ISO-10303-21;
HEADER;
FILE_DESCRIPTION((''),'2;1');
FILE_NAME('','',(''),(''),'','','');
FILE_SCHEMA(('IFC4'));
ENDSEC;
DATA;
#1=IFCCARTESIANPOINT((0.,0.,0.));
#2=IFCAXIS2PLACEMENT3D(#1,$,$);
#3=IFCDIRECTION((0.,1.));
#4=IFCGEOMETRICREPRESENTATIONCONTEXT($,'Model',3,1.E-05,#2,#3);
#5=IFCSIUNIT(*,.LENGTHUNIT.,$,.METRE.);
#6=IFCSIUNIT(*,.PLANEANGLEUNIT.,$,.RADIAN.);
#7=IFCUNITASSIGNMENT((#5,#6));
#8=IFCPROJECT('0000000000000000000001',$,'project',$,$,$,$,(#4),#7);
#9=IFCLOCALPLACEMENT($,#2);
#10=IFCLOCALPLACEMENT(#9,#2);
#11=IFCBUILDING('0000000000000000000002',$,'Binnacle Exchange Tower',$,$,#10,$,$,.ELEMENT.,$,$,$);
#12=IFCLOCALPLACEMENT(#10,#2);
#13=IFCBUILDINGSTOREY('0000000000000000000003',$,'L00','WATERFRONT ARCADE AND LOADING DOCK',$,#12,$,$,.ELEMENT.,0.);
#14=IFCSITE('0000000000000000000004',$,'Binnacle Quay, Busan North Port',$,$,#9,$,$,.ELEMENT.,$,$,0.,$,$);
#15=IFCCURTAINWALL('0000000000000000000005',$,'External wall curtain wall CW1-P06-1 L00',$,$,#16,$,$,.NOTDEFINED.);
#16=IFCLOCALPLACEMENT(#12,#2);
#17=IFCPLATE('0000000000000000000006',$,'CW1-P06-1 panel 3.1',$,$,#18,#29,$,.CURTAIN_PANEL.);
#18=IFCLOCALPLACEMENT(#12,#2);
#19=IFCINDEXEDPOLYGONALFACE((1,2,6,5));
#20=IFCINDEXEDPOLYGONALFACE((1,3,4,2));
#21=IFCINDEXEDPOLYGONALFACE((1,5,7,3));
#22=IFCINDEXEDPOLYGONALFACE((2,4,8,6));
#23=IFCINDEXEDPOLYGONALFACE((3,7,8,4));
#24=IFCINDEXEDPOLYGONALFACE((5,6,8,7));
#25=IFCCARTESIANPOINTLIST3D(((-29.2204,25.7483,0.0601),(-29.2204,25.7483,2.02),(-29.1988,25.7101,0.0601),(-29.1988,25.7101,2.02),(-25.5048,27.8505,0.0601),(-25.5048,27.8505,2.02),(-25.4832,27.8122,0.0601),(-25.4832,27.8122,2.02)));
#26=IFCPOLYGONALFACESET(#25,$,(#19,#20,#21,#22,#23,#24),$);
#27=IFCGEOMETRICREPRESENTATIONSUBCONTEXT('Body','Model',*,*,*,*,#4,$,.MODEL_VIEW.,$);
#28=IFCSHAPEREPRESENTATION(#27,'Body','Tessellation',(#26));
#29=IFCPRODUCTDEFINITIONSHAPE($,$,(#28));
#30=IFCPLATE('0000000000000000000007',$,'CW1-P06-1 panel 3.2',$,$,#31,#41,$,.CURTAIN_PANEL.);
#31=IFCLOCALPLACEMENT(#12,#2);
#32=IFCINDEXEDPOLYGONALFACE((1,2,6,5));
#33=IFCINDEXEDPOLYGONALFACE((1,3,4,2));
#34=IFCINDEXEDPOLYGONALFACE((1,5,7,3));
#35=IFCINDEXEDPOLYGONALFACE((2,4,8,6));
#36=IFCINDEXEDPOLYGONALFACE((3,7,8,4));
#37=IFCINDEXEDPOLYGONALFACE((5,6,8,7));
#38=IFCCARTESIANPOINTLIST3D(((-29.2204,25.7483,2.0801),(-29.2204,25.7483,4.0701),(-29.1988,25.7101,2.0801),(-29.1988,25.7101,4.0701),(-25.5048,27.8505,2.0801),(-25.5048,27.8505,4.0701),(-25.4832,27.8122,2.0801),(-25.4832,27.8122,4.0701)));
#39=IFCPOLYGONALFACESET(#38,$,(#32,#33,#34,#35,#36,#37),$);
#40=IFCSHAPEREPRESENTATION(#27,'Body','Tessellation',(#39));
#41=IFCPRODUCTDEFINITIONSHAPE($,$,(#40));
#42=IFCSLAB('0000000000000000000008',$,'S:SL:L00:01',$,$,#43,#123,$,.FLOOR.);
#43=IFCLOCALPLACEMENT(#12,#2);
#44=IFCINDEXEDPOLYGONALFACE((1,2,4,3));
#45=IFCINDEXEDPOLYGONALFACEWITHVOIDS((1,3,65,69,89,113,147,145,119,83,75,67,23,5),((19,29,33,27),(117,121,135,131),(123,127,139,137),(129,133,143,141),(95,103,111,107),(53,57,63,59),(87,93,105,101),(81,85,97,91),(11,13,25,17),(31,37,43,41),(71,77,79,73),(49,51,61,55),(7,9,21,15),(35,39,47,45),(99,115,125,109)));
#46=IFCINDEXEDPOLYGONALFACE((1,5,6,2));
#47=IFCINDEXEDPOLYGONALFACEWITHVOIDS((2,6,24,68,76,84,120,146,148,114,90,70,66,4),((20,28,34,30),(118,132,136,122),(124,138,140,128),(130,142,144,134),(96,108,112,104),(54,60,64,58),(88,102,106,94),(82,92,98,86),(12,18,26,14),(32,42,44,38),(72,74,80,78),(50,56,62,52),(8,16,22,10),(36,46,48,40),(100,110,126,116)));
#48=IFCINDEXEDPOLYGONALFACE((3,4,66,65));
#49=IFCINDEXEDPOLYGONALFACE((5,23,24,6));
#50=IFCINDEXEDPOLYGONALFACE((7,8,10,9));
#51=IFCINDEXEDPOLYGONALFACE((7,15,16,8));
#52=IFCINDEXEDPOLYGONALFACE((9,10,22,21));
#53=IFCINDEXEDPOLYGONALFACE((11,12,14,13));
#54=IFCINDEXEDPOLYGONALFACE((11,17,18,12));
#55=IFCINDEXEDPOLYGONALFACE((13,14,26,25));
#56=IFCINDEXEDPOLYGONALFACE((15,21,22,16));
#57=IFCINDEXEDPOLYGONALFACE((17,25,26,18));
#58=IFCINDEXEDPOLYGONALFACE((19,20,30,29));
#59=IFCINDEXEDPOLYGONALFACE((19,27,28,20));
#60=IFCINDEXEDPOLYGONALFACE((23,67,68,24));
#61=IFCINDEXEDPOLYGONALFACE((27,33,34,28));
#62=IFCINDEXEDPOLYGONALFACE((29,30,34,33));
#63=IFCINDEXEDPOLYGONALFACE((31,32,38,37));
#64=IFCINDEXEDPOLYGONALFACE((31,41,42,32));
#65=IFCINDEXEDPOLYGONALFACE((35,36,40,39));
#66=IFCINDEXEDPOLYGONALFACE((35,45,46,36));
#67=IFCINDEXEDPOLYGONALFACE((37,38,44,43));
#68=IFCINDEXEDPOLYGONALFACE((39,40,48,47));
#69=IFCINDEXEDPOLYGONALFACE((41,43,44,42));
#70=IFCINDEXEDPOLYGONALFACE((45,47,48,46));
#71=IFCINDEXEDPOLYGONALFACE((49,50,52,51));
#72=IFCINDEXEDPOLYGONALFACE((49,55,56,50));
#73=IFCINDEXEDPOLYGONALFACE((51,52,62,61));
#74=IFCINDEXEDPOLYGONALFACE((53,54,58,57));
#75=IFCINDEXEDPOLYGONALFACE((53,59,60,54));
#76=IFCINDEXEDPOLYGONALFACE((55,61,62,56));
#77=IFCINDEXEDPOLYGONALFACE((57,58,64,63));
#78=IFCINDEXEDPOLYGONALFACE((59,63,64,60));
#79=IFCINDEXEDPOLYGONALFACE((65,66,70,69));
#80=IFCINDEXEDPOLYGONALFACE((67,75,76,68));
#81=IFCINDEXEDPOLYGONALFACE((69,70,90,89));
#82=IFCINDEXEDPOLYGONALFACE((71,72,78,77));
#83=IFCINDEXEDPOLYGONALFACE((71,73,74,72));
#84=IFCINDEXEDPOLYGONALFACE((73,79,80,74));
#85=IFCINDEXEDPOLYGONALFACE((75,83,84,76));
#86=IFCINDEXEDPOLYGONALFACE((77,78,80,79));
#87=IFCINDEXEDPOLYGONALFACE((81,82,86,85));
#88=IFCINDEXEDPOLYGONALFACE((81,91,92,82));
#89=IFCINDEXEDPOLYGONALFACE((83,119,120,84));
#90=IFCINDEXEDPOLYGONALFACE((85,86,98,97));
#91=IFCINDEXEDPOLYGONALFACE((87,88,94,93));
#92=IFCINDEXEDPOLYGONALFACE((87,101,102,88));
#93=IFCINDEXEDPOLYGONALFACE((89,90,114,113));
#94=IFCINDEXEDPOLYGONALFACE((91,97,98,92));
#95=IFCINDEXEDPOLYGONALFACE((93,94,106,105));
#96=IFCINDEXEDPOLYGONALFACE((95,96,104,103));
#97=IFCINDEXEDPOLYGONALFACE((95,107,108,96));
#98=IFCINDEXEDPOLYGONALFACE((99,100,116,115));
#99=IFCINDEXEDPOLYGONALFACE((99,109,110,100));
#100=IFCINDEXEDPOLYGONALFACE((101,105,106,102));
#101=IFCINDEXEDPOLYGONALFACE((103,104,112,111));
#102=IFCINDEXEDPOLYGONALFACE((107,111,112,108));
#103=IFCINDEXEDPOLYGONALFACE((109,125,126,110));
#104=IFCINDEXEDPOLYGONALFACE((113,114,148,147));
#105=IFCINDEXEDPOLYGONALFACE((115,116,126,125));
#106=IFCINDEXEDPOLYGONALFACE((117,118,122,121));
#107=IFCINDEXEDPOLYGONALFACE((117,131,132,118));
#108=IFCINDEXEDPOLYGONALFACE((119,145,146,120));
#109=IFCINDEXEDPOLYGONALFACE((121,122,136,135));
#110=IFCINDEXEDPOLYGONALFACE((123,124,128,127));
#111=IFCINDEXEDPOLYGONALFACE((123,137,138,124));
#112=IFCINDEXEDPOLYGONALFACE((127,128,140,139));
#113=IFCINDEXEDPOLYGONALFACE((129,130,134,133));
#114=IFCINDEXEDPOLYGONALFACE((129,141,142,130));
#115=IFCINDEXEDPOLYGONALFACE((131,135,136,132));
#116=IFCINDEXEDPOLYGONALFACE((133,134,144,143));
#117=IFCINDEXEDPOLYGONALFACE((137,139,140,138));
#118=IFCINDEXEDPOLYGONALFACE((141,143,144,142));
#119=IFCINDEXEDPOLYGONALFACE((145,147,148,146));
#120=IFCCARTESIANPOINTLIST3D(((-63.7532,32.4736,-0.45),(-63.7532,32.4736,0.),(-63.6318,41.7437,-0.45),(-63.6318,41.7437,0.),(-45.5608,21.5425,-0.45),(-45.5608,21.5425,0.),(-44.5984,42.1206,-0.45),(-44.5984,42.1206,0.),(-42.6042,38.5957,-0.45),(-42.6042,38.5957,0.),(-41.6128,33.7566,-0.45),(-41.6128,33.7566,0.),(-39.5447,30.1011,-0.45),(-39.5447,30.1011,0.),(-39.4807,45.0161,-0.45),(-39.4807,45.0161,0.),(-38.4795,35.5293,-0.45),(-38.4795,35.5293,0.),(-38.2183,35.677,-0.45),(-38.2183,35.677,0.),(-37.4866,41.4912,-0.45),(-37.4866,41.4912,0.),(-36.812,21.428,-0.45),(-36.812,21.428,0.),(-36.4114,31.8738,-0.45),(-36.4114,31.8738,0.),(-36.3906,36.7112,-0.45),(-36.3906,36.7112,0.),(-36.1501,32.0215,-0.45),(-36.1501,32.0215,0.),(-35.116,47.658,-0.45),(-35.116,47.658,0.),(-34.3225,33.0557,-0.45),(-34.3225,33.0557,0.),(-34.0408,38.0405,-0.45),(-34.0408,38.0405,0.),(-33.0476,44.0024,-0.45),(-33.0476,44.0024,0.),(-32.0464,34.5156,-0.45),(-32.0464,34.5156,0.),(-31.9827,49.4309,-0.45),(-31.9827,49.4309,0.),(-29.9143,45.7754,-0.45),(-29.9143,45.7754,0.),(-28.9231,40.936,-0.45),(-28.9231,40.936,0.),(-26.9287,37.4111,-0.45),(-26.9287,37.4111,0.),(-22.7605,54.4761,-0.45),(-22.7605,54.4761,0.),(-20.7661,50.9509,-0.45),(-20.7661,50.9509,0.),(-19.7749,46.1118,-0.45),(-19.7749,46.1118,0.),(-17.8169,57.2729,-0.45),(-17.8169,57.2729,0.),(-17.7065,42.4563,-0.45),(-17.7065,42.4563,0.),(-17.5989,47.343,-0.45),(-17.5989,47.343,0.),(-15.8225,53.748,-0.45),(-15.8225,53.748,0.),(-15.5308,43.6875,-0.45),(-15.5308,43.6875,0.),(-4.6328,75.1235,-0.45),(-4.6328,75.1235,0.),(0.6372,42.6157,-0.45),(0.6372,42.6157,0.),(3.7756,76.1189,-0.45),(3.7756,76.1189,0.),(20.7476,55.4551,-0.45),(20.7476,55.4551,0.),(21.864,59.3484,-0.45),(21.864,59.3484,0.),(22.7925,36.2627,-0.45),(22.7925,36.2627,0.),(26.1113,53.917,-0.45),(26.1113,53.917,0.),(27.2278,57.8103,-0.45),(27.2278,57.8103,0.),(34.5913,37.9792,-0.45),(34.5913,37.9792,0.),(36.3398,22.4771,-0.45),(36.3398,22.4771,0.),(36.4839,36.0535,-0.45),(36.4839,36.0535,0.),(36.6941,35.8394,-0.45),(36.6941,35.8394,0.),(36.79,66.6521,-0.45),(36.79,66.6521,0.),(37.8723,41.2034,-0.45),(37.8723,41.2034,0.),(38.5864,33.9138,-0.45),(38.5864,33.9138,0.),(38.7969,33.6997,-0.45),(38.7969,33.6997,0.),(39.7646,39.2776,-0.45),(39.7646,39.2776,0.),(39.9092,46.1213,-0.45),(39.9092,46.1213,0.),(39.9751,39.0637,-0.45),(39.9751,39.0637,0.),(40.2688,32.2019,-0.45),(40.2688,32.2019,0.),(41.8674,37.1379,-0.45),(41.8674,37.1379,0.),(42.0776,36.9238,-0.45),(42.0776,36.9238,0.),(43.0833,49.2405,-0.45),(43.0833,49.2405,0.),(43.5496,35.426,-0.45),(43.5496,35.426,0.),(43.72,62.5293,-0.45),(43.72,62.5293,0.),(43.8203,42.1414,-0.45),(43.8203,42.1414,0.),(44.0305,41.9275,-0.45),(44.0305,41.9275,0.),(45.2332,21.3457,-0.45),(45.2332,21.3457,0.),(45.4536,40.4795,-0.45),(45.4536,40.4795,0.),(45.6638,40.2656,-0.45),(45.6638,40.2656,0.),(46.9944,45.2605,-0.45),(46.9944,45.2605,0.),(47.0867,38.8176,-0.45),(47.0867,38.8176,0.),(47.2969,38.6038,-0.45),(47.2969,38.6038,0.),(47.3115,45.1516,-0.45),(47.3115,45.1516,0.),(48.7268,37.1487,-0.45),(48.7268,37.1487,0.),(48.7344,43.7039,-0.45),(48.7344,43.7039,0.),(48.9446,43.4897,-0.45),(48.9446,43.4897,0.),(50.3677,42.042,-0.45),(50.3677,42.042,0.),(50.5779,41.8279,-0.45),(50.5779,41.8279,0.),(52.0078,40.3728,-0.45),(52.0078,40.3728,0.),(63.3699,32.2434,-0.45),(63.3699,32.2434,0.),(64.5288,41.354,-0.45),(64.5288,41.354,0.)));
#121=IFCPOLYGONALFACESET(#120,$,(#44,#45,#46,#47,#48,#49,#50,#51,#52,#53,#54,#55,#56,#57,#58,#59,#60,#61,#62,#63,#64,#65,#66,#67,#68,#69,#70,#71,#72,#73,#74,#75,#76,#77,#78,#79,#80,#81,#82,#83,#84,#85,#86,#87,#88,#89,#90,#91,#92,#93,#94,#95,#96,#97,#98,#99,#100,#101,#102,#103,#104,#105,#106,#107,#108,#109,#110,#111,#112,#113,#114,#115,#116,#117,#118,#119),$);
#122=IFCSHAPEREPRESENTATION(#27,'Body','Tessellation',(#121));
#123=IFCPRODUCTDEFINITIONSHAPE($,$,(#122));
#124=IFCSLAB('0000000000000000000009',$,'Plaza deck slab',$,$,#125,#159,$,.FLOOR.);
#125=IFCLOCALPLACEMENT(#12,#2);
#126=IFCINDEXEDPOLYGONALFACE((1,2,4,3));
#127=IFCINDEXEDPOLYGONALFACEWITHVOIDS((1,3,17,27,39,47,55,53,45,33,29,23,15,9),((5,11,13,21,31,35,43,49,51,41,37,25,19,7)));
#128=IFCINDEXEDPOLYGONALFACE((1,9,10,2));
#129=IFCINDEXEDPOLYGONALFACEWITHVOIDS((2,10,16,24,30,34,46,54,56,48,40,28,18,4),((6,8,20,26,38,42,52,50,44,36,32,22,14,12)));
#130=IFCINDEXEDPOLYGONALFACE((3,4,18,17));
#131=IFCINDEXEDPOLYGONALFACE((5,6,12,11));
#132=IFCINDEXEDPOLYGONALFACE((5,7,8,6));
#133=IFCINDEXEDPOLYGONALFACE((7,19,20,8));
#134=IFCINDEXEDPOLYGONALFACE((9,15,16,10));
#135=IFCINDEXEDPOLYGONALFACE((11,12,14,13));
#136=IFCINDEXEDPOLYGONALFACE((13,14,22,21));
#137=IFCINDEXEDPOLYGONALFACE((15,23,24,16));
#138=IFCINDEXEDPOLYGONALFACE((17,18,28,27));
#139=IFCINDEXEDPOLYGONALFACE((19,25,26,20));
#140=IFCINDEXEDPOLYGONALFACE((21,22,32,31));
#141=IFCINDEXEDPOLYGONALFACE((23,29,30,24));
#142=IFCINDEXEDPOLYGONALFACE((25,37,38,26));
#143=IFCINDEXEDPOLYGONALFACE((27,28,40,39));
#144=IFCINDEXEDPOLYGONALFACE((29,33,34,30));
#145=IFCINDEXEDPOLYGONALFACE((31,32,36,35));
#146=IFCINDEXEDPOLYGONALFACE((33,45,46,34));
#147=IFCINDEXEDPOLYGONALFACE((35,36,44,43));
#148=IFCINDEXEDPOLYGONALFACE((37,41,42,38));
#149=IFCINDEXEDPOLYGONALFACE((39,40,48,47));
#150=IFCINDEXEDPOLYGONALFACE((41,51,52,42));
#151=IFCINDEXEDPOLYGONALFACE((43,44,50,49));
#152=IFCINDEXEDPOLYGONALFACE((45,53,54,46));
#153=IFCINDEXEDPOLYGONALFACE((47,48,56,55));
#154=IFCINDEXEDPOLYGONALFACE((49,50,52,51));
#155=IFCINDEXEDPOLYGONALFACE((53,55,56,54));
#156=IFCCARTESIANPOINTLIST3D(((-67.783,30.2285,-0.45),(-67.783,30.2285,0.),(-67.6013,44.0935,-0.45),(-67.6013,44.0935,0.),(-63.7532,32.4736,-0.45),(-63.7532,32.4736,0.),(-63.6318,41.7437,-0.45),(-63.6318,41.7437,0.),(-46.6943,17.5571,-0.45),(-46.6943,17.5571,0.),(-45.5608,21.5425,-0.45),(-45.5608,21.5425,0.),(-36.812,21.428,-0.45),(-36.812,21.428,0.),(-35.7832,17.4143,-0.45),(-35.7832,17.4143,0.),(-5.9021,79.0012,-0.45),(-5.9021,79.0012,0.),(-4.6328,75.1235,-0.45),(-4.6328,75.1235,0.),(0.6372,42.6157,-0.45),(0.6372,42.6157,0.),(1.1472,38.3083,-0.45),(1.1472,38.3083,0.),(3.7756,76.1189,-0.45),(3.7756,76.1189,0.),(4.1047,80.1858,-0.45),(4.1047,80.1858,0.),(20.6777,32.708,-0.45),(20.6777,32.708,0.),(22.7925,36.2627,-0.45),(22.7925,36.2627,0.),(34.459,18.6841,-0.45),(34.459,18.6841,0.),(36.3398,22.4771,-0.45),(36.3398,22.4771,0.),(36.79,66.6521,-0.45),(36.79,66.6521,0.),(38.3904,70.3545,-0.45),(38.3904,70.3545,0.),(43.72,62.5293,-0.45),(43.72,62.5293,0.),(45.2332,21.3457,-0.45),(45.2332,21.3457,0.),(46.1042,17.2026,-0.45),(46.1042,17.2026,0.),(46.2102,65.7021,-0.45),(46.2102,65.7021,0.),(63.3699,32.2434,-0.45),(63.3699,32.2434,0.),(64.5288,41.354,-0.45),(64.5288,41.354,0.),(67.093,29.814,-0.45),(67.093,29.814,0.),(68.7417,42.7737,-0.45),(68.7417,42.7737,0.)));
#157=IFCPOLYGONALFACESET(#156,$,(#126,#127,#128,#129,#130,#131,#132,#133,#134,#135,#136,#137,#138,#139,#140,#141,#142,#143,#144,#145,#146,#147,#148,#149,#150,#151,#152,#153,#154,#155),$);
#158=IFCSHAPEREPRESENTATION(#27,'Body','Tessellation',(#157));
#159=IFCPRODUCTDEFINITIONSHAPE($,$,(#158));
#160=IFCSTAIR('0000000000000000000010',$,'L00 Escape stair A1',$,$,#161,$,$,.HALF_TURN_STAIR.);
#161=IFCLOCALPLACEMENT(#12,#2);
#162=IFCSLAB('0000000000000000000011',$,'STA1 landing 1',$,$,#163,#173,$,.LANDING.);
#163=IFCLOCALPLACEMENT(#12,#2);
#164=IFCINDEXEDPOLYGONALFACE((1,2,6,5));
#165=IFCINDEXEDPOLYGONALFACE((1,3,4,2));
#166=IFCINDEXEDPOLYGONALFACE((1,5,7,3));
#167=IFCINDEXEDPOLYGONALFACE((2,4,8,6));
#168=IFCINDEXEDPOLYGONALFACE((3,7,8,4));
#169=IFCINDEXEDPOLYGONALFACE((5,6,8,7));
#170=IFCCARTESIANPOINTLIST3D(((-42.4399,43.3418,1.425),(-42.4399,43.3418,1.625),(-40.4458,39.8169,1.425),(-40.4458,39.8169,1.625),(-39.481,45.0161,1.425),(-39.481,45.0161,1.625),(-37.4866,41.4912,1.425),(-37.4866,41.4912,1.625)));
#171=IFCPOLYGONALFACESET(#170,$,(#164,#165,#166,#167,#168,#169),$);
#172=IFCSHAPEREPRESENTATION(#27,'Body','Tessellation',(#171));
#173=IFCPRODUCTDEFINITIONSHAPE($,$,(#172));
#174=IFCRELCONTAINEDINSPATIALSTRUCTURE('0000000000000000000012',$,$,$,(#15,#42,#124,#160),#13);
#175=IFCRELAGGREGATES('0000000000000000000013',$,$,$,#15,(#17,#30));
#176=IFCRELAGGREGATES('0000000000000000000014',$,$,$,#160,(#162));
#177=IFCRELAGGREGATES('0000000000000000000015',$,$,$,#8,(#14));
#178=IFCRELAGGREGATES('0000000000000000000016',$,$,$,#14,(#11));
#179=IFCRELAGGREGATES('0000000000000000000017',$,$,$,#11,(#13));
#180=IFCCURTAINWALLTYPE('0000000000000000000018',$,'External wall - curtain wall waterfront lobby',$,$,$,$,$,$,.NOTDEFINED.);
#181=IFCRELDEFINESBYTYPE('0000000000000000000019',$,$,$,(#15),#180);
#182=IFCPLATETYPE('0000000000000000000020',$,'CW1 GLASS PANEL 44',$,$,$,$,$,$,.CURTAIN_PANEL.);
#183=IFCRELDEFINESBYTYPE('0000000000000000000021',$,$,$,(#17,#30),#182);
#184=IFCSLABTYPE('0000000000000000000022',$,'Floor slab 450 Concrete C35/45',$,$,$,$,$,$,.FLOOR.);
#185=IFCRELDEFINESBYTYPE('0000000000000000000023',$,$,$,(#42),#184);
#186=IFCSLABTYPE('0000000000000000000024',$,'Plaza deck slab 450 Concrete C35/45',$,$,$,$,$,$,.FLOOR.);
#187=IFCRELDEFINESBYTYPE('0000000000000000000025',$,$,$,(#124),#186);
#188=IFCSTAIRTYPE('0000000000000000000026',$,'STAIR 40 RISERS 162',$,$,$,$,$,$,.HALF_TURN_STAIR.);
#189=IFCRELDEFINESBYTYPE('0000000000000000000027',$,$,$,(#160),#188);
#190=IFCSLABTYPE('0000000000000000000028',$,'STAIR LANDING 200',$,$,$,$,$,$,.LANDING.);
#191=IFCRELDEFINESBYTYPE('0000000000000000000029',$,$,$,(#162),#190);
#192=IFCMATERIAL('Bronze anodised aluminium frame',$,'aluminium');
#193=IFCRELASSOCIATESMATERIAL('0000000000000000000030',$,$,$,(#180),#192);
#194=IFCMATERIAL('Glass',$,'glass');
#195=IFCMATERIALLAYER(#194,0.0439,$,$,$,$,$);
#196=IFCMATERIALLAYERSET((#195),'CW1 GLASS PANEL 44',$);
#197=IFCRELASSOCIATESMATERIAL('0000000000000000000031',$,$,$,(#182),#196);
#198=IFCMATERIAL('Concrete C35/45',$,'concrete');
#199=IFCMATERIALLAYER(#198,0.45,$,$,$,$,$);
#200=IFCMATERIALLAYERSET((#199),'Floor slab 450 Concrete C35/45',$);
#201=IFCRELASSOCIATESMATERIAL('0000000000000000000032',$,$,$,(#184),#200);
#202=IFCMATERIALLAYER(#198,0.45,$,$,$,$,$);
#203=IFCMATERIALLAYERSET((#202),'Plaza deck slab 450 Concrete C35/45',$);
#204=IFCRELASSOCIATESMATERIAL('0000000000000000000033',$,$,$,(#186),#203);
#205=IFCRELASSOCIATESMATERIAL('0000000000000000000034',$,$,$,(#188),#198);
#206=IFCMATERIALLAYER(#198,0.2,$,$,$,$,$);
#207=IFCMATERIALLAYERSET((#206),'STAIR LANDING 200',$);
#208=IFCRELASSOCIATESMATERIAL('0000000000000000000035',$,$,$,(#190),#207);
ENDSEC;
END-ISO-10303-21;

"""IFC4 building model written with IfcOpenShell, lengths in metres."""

from ifc_helpers import new_model, si_unit, direction, frame, origin, origin_2d, place, context, subcontext, project, spatial, polyline, rectangle, outline, extrude, material, layer, layer_set, type_object, element, aggregate, save


model = new_model("IFC4")

# Units and contexts
model_context = context("Model", 3, precision=1e-05, world=origin(), true_north=direction((0.0, 1.0)))
body_context = subcontext(model_context, "Body", "Model", "MODEL_VIEW")
ifc_project = project(units=[si_unit("LENGTHUNIT", "METRE"), si_unit("PLANEANGLEUNIT", "RADIAN")], contexts=[model_context])

# Site, building, storey
site_placement = place(None, origin())
site = spatial("IfcSite", under=ifc_project, at=site_placement, Name="Binnacle Quay, Busan North Port", CompositionType="ELEMENT", RefElevation=0.0)
building_placement = place(site_placement, origin())
building = spatial("IfcBuilding", under=site, at=building_placement, Name="Binnacle Exchange Tower", CompositionType="ELEMENT")
storey_placement = place(building_placement, origin())
storey = spatial("IfcBuildingStorey", under=building, at=storey_placement, Name="L00", Description="WATERFRONT ARCADE AND LOADING DOCK", CompositionType="ELEMENT", Elevation=0.0)

# Curtain wall, plates
ifc_material_1 = material(Name="Bronze anodised aluminium frame", Category="aluminium")
curtain_wall_type = type_object("IfcCurtainWallType", Name="External wall - curtain wall waterfront lobby", PredefinedType="NOTDEFINED", material=ifc_material_1)
curtain_wall_placement = place(storey_placement, origin())
curtain_wall = element("IfcCurtainWall", 1, at=curtain_wall_placement, inside=storey, type_object=curtain_wall_type, Name="External wall curtain wall CW1-P06-1 L00", PredefinedType="NOTDEFINED")
ifc_material_2 = material(Name="Glass", Category="glass")
ifc_layer_1 = layer(ifc_material_2, 0.0439)
ifc_layer_set_1 = layer_set([ifc_layer_1], Name="CW1 GLASS PANEL 44")
plate_type = type_object("IfcPlateType", Name="CW1 GLASS PANEL 44", PredefinedType="CURTAIN_PANEL", material=ifc_layer_set_1)
plate_1_placement = place(storey_placement, frame((-27.3518, 26.7803, 0.0601), z_axis=(0.0, 0.0, 1.0), x_axis=(0.870356, 0.492424, 0.0)))
plate_1 = element("IfcPlate", 2, at=plate_1_placement, type_object=plate_type, Name="CW1-P06-1 panel 3.1", PredefinedType="CURTAIN_PANEL", context=body_context, shape_type="SweptSolid", body=[
    extrude(rectangle(XDim=4.269, YDim=0.0439, at=origin_2d()), origin(), (0.0, 0.0, 1.0), 1.96),
])
plate_2_placement = place(storey_placement, frame((-27.3518, 26.7803, 2.0801), z_axis=(0.0, 0.0, 1.0), x_axis=(0.870356, 0.492424, 0.0)))
plate_2 = element("IfcPlate", 3, at=plate_2_placement, type_object=plate_type, Name="CW1-P06-1 panel 3.2", PredefinedType="CURTAIN_PANEL", context=body_context, shape_type="SweptSolid", body=[
    extrude(rectangle(XDim=4.269, YDim=0.0439, at=origin_2d()), origin(), (0.0, 0.0, 1.0), 1.99),
])
aggregate(curtain_wall, [plate_1, plate_2])

# Slabs
ifc_material_3 = material(Name="Concrete C35/45", Category="concrete")
ifc_layer_2 = layer(ifc_material_3, 0.45)
ifc_layer_set_2 = layer_set([ifc_layer_2], Name="Floor slab 450 Concrete C35/45")
slab_type_1 = type_object("IfcSlabType", Name="Floor slab 450 Concrete C35/45", PredefinedType="FLOOR", material=ifc_layer_set_2)
slab_1_placement = place(storey_placement, frame((0.0, 0.0, -0.45)))
element("IfcSlab", 4, at=slab_1_placement, inside=storey, type_object=slab_type_1, Name="S:SL:L00:01", PredefinedType="FLOOR", context=body_context, shape_type="SweptSolid", body=[
    extrude(outline(polyline([(64.5288, 41.354), (63.3699, 32.2434), (45.2332, 21.3457), (36.3398, 22.4771), (22.7925, 36.2627), (0.6372, 42.6157), (-36.812, 21.428), (-45.5608, 21.5425), (-63.7532, 32.4736), (-63.6318, 41.7437), (-4.6328, 75.1235), (3.7756, 76.1189), (36.79, 66.6521), (43.72, 62.5293), (64.5288, 41.354)]), holes=[polyline([(-38.4795, 35.5293), (-41.6128, 33.7566), (-39.5447, 30.1011), (-36.4114, 31.8738), (-38.4795, 35.5293)]), polyline([(-34.3225, 33.0557), (-36.3906, 36.7112), (-38.2183, 35.677), (-36.1501, 32.0215), (-34.3225, 33.0557)]), polyline([(-34.0408, 38.0405), (-32.0464, 34.5156), (-26.9287, 37.4111), (-28.9231, 40.936), (-34.0408, 38.0405)]), polyline([(-37.4866, 41.4912), (-39.4807, 45.0161), (-44.5984, 42.1206), (-42.6042, 38.5957), (-37.4866, 41.4912)]), polyline([(-15.5308, 43.6875), (-17.5989, 47.343), (-19.7749, 46.1118), (-17.7065, 42.4563), (-15.5308, 43.6875)]), polyline([(-29.9143, 45.7754), (-31.9827, 49.4309), (-35.116, 47.658), (-33.0476, 44.0024), (-29.9143, 45.7754)]), polyline([(-15.8225, 53.748), (-17.8169, 57.2729), (-22.7605, 54.4761), (-20.7661, 50.9509), (-15.8225, 53.748)]), polyline([(26.1113, 53.917), (27.2278, 57.8103), (21.864, 59.3484), (20.7476, 55.4551), (26.1113, 53.917)]), polyline([(40.2688, 32.2019), (43.5496, 35.426), (42.0776, 36.9238), (38.7969, 33.6997), (40.2688, 32.2019)]), polyline([(38.5864, 33.9138), (41.8674, 37.1379), (39.9751, 39.0637), (36.6941, 35.8394), (38.5864, 33.9138)]), polyline([(36.4839, 36.0535), (39.7646, 39.2776), (37.8723, 41.2034), (34.5913, 37.9792), (36.4839, 36.0535)]), polyline([(48.7268, 37.1487), (52.0078, 40.3728), (50.5779, 41.8279), (47.2969, 38.6038), (48.7268, 37.1487)]), polyline([(47.0867, 38.8176), (50.3677, 42.042), (48.9446, 43.4897), (45.6638, 40.2656), (47.0867, 38.8176)]), polyline([(45.4536, 40.4795), (48.7344, 43.7039), (47.3115, 45.1516), (44.0305, 41.9275), (45.4536, 40.4795)]), polyline([(43.8203, 42.1414), (46.9944, 45.2605), (43.0833, 49.2405), (39.9092, 46.1213), (43.8203, 42.1414)])]), origin(), (0.0, 0.0, 1.0), 0.45),
])
ifc_layer_3 = layer(ifc_material_3, 0.45)
ifc_layer_set_3 = layer_set([ifc_layer_3], Name="Plaza deck slab 450 Concrete C35/45")
slab_type_2 = type_object("IfcSlabType", Name="Plaza deck slab 450 Concrete C35/45", PredefinedType="FLOOR", material=ifc_layer_set_3)
slab_2_placement = place(storey_placement, frame((0.0, 0.0, -0.45)))
element("IfcSlab", 5, at=slab_2_placement, inside=storey, type_object=slab_type_2, Name="Plaza deck slab", PredefinedType="FLOOR", context=body_context, shape_type="SweptSolid", body=[
    extrude(outline(polyline([(68.7417, 42.7737), (67.093, 29.814), (46.1042, 17.2026), (34.459, 18.6841), (20.6777, 32.708), (1.1472, 38.3083), (-35.7832, 17.4143), (-46.6943, 17.5571), (-67.783, 30.2285), (-67.6013, 44.0935), (-5.9021, 79.0012), (4.1047, 80.1858), (38.3904, 70.3545), (46.2102, 65.7021), (68.7417, 42.7737)]), holes=[polyline([(36.79, 66.6521), (3.7756, 76.1189), (-4.6328, 75.1235), (-63.6318, 41.7437), (-63.7532, 32.4736), (-45.5608, 21.5425), (-36.812, 21.428), (0.6372, 42.6157), (22.7925, 36.2627), (36.3398, 22.4771), (45.2332, 21.3457), (63.3699, 32.2434), (64.5288, 41.354), (43.72, 62.5293), (36.79, 66.6521)])]), origin(), (0.0, 0.0, 1.0), 0.45),
])

# Stair, slab
stair_type = type_object("IfcStairType", Name="STAIR 40 RISERS 162", PredefinedType="HALF_TURN_STAIR", material=ifc_material_3)
stair_1_placement = place(storey_placement, origin())
stair_1 = element("IfcStair", 6, at=stair_1_placement, inside=storey, type_object=stair_type, Name="L00 Escape stair A1", PredefinedType="HALF_TURN_STAIR")
ifc_layer_4 = layer(ifc_material_3, 0.2)
ifc_layer_set_4 = layer_set([ifc_layer_4], Name="STAIR LANDING 200")
slab_type_3 = type_object("IfcSlabType", Name="STAIR LANDING 200", PredefinedType="LANDING", material=ifc_layer_set_4)
slab_3_placement = place(storey_placement, frame((0.0, 0.0, 1.425)))
slab_3 = element("IfcSlab", 7, at=slab_3_placement, type_object=slab_type_3, Name="STA1 landing 1", PredefinedType="LANDING", context=body_context, shape_type="SweptSolid", body=[
    extrude(outline(polyline([(-40.4458, 39.8169), (-37.4866, 41.4912), (-39.481, 45.0161), (-42.4399, 43.3418), (-40.4458, 39.8169)])), origin(), (0.0, 0.0, 1.0), 0.2),
])
aggregate(stair_1, [slab_3])

save(model, "model.ifc")
